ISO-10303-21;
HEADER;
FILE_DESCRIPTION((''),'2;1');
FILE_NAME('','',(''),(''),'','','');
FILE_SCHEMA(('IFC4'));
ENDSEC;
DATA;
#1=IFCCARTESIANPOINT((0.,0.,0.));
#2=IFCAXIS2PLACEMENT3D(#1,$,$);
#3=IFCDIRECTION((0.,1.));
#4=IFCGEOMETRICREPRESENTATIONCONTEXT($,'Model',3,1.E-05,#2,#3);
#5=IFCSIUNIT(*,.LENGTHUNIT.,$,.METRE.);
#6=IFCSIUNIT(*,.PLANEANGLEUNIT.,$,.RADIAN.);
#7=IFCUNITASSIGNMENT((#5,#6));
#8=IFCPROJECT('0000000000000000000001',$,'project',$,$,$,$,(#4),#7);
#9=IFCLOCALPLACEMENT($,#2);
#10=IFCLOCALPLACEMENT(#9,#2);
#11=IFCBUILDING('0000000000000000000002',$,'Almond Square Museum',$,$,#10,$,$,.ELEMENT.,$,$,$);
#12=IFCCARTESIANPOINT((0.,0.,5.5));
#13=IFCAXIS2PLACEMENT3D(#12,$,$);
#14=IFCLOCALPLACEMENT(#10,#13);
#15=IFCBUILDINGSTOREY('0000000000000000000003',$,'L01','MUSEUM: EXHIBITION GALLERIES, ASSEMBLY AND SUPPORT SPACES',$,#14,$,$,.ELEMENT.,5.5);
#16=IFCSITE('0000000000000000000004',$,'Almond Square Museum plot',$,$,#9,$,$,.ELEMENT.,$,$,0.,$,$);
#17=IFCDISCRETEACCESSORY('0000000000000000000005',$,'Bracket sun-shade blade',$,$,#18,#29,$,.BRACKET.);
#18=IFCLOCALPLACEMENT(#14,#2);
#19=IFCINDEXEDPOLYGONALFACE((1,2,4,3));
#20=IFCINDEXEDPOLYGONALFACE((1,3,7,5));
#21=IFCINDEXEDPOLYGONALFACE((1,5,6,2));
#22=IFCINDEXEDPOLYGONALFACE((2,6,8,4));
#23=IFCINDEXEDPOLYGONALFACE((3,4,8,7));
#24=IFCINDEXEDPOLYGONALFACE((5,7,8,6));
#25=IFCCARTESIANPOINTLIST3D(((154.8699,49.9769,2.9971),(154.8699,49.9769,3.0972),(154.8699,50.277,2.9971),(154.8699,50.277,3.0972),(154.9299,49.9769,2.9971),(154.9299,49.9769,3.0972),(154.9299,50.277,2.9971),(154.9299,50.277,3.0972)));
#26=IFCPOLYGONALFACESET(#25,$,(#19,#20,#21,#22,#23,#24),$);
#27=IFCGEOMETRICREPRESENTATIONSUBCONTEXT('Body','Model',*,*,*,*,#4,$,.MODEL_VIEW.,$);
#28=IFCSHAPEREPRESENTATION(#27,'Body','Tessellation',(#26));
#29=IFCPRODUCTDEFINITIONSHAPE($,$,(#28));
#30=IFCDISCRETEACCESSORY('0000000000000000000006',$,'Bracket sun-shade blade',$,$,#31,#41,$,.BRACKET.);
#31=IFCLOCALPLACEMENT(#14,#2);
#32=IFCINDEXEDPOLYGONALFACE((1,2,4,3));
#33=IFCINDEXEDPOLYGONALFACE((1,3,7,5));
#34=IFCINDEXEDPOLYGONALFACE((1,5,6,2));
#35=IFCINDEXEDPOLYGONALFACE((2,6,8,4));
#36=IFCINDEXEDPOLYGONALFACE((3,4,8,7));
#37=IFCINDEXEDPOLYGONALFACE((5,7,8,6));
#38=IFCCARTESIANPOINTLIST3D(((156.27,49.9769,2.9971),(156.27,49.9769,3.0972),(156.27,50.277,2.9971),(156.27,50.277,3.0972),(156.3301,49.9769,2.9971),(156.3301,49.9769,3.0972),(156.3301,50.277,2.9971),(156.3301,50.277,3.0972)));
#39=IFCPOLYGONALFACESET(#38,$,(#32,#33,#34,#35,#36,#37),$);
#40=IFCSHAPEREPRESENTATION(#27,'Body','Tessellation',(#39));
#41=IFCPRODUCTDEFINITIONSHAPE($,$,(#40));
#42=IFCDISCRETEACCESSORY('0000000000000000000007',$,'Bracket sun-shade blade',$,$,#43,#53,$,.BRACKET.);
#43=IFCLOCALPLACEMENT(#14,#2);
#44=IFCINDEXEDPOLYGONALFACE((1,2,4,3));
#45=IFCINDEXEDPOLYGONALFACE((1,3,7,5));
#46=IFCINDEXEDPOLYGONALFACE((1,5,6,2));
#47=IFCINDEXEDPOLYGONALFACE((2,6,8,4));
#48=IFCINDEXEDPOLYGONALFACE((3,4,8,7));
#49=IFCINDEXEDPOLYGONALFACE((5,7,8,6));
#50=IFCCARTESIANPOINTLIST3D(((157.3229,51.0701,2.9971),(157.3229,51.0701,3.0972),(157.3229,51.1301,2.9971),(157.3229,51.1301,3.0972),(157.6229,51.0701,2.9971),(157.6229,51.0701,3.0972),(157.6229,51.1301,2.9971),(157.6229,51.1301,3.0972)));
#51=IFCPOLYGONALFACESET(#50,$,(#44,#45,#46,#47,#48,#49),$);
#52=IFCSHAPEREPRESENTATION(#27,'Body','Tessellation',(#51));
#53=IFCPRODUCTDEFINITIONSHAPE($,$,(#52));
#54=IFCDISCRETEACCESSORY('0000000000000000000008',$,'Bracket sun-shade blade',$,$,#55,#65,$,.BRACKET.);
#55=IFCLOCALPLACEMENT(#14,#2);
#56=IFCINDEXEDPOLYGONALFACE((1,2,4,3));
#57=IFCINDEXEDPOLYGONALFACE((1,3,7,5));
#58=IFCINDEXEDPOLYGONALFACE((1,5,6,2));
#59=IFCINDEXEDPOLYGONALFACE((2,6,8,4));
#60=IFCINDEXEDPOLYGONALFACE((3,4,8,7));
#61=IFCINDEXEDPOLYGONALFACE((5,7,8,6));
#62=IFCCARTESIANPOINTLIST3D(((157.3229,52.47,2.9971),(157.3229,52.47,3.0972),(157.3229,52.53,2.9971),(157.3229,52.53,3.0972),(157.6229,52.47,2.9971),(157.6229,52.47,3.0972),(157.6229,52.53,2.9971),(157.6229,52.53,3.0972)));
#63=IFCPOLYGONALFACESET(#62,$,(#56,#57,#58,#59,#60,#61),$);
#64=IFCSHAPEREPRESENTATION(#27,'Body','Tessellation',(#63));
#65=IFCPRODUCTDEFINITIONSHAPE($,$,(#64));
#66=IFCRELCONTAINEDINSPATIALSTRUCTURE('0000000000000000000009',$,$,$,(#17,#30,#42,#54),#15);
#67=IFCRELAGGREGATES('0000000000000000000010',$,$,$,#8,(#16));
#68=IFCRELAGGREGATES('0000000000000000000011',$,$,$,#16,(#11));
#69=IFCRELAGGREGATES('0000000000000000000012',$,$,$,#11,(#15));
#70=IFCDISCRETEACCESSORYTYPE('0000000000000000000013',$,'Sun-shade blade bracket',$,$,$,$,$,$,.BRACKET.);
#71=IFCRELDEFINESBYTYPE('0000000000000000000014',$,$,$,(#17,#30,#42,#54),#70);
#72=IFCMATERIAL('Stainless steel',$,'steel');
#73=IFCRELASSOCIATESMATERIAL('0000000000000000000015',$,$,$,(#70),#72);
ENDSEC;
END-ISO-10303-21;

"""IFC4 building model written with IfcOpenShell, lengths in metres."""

from ifc_helpers import new_model, si_unit, direction, frame, origin, origin_2d, place, context, subcontext, project, spatial, rectangle, extrude, material, type_object, element, save


model = new_model("IFC4")

# Units and contexts
model_context = context("Model", 3, precision=1e-05, world=origin(), true_north=direction((0.0, 1.0)))
body_context = subcontext(model_context, "Body", "Model", "MODEL_VIEW")
ifc_project = project(units=[si_unit("LENGTHUNIT", "METRE"), si_unit("PLANEANGLEUNIT", "RADIAN")], contexts=[model_context])

# Site, building, storey
site_placement = place(None, origin())
site = spatial("IfcSite", under=ifc_project, at=site_placement, Name="Almond Square Museum plot", CompositionType="ELEMENT", RefElevation=0.0)
building_placement = place(site_placement, origin())
building = spatial("IfcBuilding", under=site, at=building_placement, Name="Almond Square Museum", CompositionType="ELEMENT")
storey_placement = place(building_placement, frame((0.0, 0.0, 5.5)))
storey = spatial("IfcBuildingStorey", under=building, at=storey_placement, Name="L01", Description="MUSEUM: EXHIBITION GALLERIES, ASSEMBLY AND SUPPORT SPACES", CompositionType="ELEMENT", Elevation=5.5)

# Discrete accessories
ifc_material_1 = material(Name="Stainless steel", Category="steel")
discrete_accessory_type_1 = type_object("IfcDiscreteAccessoryType", Name="Sun-shade blade bracket", PredefinedType="BRACKET", material=ifc_material_1)
for number, where, z_axis, x_axis, name in (
    (1, (154.8999, 50.127, 2.9971), (0.0, 0.0, 1.0), (1.0, 0.0, 0.0), "Bracket sun-shade blade"),
    (2, (156.3, 50.127, 2.9971), (0.0, 0.0, 1.0), (1.0, 0.0, 0.0), "Bracket sun-shade blade"),
):
    element("IfcDiscreteAccessory", number, at=place(storey_placement, frame(where, z_axis=z_axis, x_axis=x_axis)), inside=storey, type_object=discrete_accessory_type_1, Name=name, PredefinedType="BRACKET", context=body_context, shape_type="SweptSolid", body=[
        extrude(rectangle(XDim=0.0601, YDim=0.3, at=origin_2d()), origin(), (0.0, 0.0, 1.0), 0.1001),
    ])
for number, where, z_axis, x_axis, name in (
    (3, (157.4729, 51.1001, 2.9971), (0.0, 0.0, 1.0), (1.0, 0.0, 0.0), "Bracket sun-shade blade"),
    (4, (157.4729, 52.5, 2.9971), (0.0, 0.0, 1.0), (1.0, 0.0, 0.0), "Bracket sun-shade blade"),
):
    element("IfcDiscreteAccessory", number, at=place(storey_placement, frame(where, z_axis=z_axis, x_axis=x_axis)), inside=storey, type_object=discrete_accessory_type_1, Name=name, PredefinedType="BRACKET", context=body_context, shape_type="SweptSolid", body=[
        extrude(rectangle(XDim=0.3, YDim=0.0601, at=origin_2d()), origin(), (0.0, 0.0, 1.0), 0.1001),
    ])

save(model, "model.ifc")
